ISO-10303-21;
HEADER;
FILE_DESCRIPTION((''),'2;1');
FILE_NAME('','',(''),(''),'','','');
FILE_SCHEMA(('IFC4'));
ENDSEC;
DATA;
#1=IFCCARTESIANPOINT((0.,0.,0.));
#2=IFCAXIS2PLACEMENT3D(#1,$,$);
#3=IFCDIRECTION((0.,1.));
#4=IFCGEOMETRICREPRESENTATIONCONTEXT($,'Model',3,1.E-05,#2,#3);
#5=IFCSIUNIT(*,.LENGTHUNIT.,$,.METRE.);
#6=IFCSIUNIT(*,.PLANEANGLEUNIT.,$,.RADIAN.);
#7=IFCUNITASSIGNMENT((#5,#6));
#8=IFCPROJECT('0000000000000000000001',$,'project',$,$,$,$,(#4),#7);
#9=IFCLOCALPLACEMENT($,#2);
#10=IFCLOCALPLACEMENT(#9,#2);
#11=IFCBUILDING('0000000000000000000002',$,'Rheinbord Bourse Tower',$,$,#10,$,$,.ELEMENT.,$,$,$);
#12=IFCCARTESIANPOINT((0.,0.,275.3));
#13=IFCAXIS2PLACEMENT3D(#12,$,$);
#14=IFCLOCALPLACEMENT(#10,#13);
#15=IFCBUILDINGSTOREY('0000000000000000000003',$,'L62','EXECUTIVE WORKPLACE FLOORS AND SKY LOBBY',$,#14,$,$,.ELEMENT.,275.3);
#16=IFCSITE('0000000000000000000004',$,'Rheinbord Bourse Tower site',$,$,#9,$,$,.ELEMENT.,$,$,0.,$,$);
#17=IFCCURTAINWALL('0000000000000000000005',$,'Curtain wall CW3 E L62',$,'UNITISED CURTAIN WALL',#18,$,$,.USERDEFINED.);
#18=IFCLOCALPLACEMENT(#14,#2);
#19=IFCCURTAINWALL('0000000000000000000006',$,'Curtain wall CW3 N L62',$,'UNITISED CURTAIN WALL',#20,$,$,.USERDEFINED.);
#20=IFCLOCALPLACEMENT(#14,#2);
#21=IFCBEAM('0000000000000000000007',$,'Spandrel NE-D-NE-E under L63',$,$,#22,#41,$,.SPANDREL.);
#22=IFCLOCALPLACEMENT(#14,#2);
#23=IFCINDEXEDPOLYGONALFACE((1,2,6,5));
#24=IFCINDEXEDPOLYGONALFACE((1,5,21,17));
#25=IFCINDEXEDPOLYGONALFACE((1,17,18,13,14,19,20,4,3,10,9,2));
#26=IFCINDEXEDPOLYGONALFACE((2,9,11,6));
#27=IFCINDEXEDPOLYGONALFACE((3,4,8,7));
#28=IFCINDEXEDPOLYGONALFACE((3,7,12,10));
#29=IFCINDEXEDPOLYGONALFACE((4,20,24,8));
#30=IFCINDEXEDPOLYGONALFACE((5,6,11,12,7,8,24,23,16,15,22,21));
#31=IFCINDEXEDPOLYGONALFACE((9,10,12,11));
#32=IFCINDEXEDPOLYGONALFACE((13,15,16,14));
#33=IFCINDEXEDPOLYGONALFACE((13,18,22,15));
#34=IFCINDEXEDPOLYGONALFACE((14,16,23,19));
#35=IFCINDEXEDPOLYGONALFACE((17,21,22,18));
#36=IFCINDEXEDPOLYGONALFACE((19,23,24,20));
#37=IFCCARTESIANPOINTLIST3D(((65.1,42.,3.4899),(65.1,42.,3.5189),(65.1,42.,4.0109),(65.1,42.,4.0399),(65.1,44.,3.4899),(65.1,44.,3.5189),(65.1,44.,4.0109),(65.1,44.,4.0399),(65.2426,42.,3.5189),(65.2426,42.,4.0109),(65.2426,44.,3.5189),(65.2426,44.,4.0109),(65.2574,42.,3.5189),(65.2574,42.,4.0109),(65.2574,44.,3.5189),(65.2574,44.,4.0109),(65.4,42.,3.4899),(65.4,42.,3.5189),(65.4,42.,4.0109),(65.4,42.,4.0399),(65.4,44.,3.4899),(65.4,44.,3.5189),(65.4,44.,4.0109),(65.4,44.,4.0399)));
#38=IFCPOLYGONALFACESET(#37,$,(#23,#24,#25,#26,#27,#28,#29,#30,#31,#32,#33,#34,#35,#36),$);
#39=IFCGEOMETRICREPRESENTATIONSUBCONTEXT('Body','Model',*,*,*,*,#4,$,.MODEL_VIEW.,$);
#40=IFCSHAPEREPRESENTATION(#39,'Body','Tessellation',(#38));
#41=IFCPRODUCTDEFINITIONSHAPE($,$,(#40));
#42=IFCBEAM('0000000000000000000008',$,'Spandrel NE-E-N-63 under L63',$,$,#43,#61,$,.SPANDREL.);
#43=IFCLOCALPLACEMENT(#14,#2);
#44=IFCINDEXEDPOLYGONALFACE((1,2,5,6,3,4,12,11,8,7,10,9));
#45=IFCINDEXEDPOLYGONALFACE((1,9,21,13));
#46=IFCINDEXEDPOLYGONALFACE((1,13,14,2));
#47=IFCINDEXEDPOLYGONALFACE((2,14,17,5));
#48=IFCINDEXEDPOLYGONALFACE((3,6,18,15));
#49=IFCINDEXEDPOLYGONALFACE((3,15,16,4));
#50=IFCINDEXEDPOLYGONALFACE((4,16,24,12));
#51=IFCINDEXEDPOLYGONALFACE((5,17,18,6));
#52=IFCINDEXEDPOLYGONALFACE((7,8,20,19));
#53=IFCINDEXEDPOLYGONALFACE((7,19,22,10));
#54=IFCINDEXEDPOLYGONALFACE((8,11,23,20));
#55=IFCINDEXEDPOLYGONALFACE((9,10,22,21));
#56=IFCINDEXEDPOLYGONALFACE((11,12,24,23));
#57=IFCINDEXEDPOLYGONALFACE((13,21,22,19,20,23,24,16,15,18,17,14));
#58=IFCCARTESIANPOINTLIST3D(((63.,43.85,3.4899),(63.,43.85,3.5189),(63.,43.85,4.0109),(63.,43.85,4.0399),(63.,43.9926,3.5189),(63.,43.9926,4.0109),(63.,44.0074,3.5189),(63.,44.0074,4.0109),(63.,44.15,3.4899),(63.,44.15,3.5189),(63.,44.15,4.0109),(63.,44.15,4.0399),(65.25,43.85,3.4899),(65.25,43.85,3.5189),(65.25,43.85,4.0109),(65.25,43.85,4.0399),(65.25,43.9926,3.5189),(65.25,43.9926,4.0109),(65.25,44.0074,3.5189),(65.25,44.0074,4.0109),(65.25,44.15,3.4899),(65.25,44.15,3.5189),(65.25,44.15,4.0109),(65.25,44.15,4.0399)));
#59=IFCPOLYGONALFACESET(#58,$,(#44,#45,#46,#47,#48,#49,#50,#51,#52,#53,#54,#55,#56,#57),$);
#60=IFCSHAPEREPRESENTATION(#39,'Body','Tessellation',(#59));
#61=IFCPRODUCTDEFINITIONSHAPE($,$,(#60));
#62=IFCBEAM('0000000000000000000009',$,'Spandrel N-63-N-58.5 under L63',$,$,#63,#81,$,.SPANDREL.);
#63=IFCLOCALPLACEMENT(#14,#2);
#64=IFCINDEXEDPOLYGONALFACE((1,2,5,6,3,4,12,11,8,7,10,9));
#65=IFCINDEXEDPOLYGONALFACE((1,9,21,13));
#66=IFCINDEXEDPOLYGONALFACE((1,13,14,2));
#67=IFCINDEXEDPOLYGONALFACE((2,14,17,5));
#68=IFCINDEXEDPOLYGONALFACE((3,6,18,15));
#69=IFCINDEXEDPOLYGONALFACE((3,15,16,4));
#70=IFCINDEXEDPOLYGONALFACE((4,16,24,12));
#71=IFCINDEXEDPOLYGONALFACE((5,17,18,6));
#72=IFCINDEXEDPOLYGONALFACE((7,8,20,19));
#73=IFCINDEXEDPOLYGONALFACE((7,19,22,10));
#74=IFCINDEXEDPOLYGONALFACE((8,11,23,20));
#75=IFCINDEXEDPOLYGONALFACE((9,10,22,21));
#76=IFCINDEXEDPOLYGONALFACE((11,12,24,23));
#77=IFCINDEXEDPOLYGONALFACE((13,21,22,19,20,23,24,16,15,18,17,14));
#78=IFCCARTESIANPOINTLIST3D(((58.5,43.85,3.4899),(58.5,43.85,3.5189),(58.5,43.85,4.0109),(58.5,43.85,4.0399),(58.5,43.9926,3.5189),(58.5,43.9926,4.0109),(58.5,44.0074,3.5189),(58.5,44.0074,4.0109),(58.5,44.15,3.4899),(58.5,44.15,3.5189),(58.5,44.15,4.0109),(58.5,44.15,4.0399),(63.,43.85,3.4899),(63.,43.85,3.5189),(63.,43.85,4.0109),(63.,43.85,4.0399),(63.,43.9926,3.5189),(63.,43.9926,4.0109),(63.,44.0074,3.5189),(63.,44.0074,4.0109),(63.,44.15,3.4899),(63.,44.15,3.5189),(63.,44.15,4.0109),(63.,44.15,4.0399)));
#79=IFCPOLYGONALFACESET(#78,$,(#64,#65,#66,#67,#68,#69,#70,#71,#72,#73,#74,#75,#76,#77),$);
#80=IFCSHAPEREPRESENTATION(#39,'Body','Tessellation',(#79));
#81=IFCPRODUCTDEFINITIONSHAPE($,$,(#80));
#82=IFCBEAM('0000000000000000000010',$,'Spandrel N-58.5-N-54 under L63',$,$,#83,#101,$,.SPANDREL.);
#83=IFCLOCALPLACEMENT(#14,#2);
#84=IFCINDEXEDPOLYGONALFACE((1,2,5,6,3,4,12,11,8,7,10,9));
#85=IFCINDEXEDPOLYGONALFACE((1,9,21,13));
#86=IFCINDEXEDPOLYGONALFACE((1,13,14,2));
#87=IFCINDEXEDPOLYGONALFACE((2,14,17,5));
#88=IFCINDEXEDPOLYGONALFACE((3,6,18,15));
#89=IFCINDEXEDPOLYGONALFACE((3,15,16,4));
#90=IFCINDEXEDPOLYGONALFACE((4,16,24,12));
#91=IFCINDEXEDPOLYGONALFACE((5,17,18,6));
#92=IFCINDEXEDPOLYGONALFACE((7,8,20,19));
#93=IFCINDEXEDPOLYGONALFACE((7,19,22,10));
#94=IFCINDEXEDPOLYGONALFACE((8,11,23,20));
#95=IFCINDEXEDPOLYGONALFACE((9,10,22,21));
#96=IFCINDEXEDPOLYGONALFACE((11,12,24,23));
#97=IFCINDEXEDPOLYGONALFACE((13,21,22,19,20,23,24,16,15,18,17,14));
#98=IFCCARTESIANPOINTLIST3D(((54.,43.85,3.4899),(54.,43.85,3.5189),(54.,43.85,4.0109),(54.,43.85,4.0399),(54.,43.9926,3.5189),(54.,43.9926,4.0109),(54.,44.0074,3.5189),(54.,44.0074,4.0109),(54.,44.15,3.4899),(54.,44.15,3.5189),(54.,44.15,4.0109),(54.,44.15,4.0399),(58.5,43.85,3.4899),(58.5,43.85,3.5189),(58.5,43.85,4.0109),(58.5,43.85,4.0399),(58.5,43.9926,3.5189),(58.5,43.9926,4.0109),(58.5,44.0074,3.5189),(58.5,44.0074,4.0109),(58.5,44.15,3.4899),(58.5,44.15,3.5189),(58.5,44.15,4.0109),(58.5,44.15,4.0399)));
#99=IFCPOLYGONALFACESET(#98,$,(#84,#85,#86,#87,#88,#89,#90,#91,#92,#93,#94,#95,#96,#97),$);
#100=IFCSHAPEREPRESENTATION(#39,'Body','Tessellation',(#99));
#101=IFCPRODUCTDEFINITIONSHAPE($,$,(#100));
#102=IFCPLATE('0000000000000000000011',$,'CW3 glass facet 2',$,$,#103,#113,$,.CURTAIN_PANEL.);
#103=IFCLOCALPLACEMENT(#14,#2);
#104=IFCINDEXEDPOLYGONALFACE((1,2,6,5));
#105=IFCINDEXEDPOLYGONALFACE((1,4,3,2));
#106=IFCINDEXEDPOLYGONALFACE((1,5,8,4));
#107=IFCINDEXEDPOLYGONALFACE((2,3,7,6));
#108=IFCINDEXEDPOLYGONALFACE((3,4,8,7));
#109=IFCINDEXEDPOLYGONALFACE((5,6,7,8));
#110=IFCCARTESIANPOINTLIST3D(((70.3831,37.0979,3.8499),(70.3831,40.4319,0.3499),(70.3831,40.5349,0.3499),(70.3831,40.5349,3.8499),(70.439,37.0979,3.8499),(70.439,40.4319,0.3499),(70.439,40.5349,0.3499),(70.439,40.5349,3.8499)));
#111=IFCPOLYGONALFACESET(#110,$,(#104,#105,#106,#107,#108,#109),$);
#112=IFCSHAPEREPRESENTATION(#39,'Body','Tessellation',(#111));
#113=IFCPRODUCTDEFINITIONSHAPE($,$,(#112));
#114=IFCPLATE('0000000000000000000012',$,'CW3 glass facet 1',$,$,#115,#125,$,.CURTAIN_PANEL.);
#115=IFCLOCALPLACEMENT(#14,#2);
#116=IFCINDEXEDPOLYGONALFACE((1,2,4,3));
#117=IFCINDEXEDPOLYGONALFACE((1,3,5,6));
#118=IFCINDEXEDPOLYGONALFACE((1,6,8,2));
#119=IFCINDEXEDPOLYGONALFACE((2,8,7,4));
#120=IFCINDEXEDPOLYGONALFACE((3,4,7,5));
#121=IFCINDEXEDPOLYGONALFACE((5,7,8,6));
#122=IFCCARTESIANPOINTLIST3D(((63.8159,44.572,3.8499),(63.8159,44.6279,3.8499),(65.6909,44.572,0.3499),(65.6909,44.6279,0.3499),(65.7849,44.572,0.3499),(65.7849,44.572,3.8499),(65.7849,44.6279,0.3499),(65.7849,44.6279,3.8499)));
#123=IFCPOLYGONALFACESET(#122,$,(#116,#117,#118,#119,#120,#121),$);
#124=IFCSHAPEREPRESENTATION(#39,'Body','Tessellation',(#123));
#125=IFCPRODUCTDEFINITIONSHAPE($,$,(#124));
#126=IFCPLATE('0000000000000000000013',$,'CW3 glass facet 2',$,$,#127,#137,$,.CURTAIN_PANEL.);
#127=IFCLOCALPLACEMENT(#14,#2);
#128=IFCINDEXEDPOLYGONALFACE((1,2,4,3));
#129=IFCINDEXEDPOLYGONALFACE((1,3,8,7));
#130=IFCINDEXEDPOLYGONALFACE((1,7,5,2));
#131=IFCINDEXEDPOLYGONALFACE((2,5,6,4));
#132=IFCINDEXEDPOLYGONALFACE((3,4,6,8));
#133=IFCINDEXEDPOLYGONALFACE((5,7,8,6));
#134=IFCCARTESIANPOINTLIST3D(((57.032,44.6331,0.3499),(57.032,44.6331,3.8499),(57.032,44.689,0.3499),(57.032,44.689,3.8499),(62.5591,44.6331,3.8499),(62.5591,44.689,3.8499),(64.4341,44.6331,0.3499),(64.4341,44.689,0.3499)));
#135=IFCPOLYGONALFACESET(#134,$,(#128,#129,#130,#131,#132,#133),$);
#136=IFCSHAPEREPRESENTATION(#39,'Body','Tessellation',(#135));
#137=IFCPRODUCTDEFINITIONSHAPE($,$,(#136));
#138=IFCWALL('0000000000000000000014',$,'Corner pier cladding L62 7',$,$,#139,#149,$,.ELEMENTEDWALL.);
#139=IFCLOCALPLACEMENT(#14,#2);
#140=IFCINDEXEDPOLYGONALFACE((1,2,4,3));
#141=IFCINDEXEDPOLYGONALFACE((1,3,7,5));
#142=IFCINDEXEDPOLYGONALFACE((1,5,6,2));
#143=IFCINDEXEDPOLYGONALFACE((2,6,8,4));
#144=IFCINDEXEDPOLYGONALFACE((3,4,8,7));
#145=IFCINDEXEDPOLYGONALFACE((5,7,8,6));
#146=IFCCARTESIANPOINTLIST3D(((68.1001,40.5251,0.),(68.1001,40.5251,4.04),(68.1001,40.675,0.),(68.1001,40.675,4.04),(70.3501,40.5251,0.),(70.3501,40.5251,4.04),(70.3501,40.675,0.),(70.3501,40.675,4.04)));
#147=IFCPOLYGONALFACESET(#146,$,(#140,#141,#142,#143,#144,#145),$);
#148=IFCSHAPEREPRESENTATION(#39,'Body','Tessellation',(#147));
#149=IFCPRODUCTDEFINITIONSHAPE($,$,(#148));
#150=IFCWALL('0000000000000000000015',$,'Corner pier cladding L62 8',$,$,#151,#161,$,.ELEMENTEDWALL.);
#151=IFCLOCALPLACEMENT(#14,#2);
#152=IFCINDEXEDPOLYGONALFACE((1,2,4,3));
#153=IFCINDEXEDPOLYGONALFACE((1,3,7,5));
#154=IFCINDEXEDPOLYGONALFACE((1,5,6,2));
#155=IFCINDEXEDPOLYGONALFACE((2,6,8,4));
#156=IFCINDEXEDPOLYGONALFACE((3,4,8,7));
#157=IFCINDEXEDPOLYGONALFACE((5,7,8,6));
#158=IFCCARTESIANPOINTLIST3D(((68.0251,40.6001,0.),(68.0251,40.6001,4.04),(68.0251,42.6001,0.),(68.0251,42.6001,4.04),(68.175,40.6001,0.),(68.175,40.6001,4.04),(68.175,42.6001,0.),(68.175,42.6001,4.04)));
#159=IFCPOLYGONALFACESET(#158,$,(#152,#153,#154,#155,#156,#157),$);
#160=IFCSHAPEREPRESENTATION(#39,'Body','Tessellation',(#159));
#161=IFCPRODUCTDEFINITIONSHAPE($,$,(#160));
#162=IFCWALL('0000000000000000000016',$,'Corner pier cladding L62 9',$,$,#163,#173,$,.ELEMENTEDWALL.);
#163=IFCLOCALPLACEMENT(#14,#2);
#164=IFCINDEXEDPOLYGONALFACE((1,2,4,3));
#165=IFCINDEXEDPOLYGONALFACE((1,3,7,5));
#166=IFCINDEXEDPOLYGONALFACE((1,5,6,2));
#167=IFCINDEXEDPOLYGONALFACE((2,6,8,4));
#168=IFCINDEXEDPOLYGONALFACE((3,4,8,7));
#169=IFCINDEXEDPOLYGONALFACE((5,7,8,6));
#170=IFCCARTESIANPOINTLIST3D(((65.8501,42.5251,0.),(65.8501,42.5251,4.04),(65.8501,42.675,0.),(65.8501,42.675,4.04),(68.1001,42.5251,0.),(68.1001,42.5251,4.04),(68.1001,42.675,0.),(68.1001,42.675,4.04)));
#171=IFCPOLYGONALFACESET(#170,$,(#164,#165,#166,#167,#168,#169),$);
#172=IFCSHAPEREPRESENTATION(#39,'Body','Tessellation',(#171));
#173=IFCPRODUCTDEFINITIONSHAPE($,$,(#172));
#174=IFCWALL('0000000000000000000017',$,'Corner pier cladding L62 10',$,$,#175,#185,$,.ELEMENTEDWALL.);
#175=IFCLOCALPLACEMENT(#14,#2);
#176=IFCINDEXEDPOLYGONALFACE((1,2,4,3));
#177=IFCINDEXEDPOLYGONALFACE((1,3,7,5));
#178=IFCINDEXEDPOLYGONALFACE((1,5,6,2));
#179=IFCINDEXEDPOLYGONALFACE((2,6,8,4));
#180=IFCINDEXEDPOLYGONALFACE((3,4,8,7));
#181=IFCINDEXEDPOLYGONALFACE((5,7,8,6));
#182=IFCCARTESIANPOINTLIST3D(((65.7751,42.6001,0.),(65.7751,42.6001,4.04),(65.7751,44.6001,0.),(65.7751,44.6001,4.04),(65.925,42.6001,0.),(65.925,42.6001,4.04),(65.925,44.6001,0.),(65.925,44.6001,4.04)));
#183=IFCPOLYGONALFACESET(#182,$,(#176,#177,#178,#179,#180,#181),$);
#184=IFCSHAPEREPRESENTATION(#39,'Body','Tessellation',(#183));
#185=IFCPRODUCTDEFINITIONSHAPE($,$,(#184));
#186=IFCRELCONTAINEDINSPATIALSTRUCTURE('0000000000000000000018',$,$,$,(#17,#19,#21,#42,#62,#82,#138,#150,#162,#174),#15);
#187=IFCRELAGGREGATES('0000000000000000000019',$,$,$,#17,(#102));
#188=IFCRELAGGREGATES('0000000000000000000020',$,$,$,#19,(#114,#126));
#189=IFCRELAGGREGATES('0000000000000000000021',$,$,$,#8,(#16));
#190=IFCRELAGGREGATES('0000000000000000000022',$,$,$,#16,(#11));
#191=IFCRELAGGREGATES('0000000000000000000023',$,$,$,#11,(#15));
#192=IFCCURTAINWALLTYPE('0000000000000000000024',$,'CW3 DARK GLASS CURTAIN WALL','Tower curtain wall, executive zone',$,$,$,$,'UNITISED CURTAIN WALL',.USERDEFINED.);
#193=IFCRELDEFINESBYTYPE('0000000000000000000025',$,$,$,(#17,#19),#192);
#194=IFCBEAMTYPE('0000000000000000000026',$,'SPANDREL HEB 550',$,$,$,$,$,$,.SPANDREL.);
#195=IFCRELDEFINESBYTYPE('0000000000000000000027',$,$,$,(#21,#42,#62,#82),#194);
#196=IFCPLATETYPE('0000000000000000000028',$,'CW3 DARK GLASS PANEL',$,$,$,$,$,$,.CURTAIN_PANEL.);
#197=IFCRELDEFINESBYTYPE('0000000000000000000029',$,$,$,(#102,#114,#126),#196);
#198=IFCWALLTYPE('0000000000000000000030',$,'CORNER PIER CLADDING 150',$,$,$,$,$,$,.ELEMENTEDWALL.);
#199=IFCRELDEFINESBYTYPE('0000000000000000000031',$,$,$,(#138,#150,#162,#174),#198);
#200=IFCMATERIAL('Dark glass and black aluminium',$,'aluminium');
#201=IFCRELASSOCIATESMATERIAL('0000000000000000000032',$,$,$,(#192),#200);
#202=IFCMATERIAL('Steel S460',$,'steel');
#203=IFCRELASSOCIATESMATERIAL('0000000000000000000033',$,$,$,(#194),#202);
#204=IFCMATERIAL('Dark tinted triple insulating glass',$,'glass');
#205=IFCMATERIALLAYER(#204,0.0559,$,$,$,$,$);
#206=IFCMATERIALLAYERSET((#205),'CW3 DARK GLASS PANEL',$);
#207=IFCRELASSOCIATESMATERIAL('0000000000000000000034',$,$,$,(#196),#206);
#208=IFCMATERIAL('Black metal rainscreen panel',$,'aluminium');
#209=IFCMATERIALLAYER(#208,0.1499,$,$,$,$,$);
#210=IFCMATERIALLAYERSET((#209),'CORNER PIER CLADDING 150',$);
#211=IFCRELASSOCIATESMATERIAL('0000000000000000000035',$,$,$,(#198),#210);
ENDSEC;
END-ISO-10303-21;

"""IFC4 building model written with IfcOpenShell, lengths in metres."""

from ifc_helpers import new_model, si_unit, direction, frame, frame_2d, origin, origin_2d, place, context, subcontext, project, spatial, polyline, rectangle, i_section, outline, extrude, material, layer, layer_set, material_profile, profile_set, type_object, element, aggregate, save


model = new_model("IFC4")

# Units and contexts
model_context = context("Model", 3, precision=1e-05, world=origin(), true_north=direction((0.0, 1.0)))
body_context = subcontext(model_context, "Body", "Model", "MODEL_VIEW")
ifc_project = project(units=[si_unit("LENGTHUNIT", "METRE"), si_unit("PLANEANGLEUNIT", "RADIAN")], contexts=[model_context])

# Site, building, storey
site_placement = place(None, origin())
site = spatial("IfcSite", under=ifc_project, at=site_placement, Name="Rheinbord Bourse Tower site", CompositionType="ELEMENT", RefElevation=0.0)
building_placement = place(site_placement, origin())
building = spatial("IfcBuilding", under=site, at=building_placement, Name="Rheinbord Bourse Tower", CompositionType="ELEMENT")
storey_placement = place(building_placement, frame((0.0, 0.0, 275.3)))
storey = spatial("IfcBuildingStorey", under=building, at=storey_placement, Name="L62", Description="EXECUTIVE WORKPLACE FLOORS AND SKY LOBBY", CompositionType="ELEMENT", Elevation=275.3)

# Curtain walls
ifc_material_1 = material(Name="Dark glass and black aluminium", Category="aluminium")
curtain_wall_type = type_object("IfcCurtainWallType", Name="CW3 DARK GLASS CURTAIN WALL", Description="Tower curtain wall, executive zone", ElementType="UNITISED CURTAIN WALL", PredefinedType="USERDEFINED", material=ifc_material_1)
curtain_wall_1_placement = place(storey_placement, origin())
curtain_wall_1 = element("IfcCurtainWall", 1, at=curtain_wall_1_placement, inside=storey, type_object=curtain_wall_type, Name="Curtain wall CW3 E L62", ObjectType="UNITISED CURTAIN WALL", PredefinedType="USERDEFINED")
curtain_wall_2_placement = place(storey_placement, origin())
curtain_wall_2 = element("IfcCurtainWall", 2, at=curtain_wall_2_placement, inside=storey, type_object=curtain_wall_type, Name="Curtain wall CW3 N L62", ObjectType="UNITISED CURTAIN WALL", PredefinedType="USERDEFINED")

# Beams
ifc_material_2 = material(Name="Steel S460", Category="steel")
ifc_material_profile_1 = material_profile(ifc_material_2, i_section(OverallWidth=0.3, OverallDepth=0.55, WebThickness=0.0149, FlangeThickness=0.0291, at=origin_2d()), Name="HEB 550")
ifc_profile_set_1 = profile_set([ifc_material_profile_1], Name="Steel S460")
beam_type_1 = type_object("IfcBeamType", Name="SPANDREL HEB 550", PredefinedType="SPANDREL", material=ifc_profile_set_1)
beam_1_placement = place(storey_placement, frame((65.25, 42.0, 3.7649), z_axis=(0.0, 1.0, 0.0), x_axis=(-1.0, 0.0, 0.0)))
element("IfcBeam", 3, at=beam_1_placement, inside=storey, type_object=beam_type_1, Name="Spandrel NE-D-NE-E under L63", PredefinedType="SPANDREL", context=body_context, shape_type="SweptSolid", body=[
    extrude(i_section(OverallWidth=0.3, OverallDepth=0.55, WebThickness=0.0149, FlangeThickness=0.0291, at=origin_2d()), origin(), (0.0, 0.0, 1.0), 2.0),
])
beam_2_placement = place(storey_placement, frame((65.25, 44.0, 3.7649), z_axis=(-1.0, 0.0, 0.0), x_axis=(0.0, -1.0, 0.0)))
element("IfcBeam", 4, at=beam_2_placement, inside=storey, type_object=beam_type_1, Name="Spandrel NE-E-N-63 under L63", PredefinedType="SPANDREL", context=body_context, shape_type="SweptSolid", body=[
    extrude(i_section(OverallWidth=0.3, OverallDepth=0.55, WebThickness=0.0149, FlangeThickness=0.0291, at=origin_2d()), origin(), (0.0, 0.0, 1.0), 2.25),
])
for number, where, z_axis, x_axis, name in (
    (5, (63.0, 44.0, 3.7649), (-1.0, 0.0, 0.0), (0.0, -1.0, 0.0), "Spandrel N-63-N-58.5 under L63"),
    (6, (58.5, 44.0, 3.7649), (-1.0, 0.0, 0.0), (0.0, -1.0, 0.0), "Spandrel N-58.5-N-54 under L63"),
):
    element("IfcBeam", number, at=place(storey_placement, frame(where, z_axis=z_axis, x_axis=x_axis)), inside=storey, type_object=beam_type_1, Name=name, PredefinedType="SPANDREL", context=body_context, shape_type="SweptSolid", body=[
        extrude(i_section(OverallWidth=0.3, OverallDepth=0.55, WebThickness=0.0149, FlangeThickness=0.0291, at=origin_2d()), origin(), (0.0, 0.0, 1.0), 4.5),
    ])

# Plates
ifc_material_3 = material(Name="Dark tinted triple insulating glass", Category="glass")
ifc_layer_1 = layer(ifc_material_3, 0.0559)
ifc_layer_set_1 = layer_set([ifc_layer_1], Name="CW3 DARK GLASS PANEL")
plate_type = type_object("IfcPlateType", Name="CW3 DARK GLASS PANEL", PredefinedType="CURTAIN_PANEL", material=ifc_layer_set_1)
plate_1_placement = place(storey_placement, frame((70.439, 40.5349, 3.8499), z_axis=(-1.0, 0.0, 0.0), x_axis=(0.0, 0.0, -1.0)))
plate_1 = element("IfcPlate", 7, at=plate_1_placement, type_object=plate_type, Name="CW3 glass facet 2", PredefinedType="CURTAIN_PANEL", context=body_context, shape_type="SweptSolid", body=[
    extrude(outline(polyline([(0.0, 0.0), (3.5, 0.0), (3.5, 0.103), (0.0, 3.437), (0.0, 0.0)])), origin(), (0.0, 0.0, 1.0), 0.0559),
])
aggregate(curtain_wall_1, [plate_1])
plate_2_placement = place(storey_placement, frame((65.7849, 44.6279, 0.3499), z_axis=(0.0, -1.0, 0.0), x_axis=(0.0, 0.0, 1.0)))
plate_2 = element("IfcPlate", 8, at=plate_2_placement, type_object=plate_type, Name="CW3 glass facet 1", PredefinedType="CURTAIN_PANEL", context=body_context, shape_type="SweptSolid", body=[
    extrude(outline(polyline([(0.0, 0.0), (3.5, 0.0), (3.5, 1.969), (0.0, 0.094), (0.0, 0.0)])), origin(), (0.0, 0.0, 1.0), 0.0559),
])
plate_3_placement = place(storey_placement, frame((57.032, 44.689, 3.8499), z_axis=(0.0, -1.0, 0.0), x_axis=(0.0, 0.0, -1.0)))
plate_3 = element("IfcPlate", 9, at=plate_3_placement, type_object=plate_type, Name="CW3 glass facet 2", PredefinedType="CURTAIN_PANEL", context=body_context, shape_type="SweptSolid", body=[
    extrude(outline(polyline([(0.0, 0.0), (3.5, 0.0), (3.5, 7.4021), (0.0, 5.5271), (0.0, 0.0)])), origin(), (0.0, 0.0, 1.0), 0.0559),
])
aggregate(curtain_wall_2, [plate_2, plate_3])

# Walls
ifc_material_4 = material(Name="Black metal rainscreen panel", Category="aluminium")
ifc_layer_2 = layer(ifc_material_4, 0.1499)
ifc_layer_set_2 = layer_set([ifc_layer_2], Name="CORNER PIER CLADDING 150")
wall_type = type_object("IfcWallType", Name="CORNER PIER CLADDING 150", PredefinedType="ELEMENTEDWALL", material=ifc_layer_set_2)
wall_1_placement = place(storey_placement, frame((70.3501, 40.6001, 0.0), z_axis=(0.0, 0.0, 1.0), x_axis=(-1.0, 0.0, 0.0)))
element("IfcWall", 10, at=wall_1_placement, inside=storey, type_object=wall_type, Name="Corner pier cladding L62 7", PredefinedType="ELEMENTEDWALL", context=body_context, shape_type="SweptSolid", body=[
    extrude(rectangle(XDim=2.25, YDim=0.1499, at=frame_2d((1.125, 0.0))), origin(), (0.0, 0.0, 1.0), 4.04),
])
wall_2_placement = place(storey_placement, frame((68.1001, 40.6001, 0.0), z_axis=(0.0, 0.0, 1.0), x_axis=(0.0, 1.0, 0.0)))
element("IfcWall", 11, at=wall_2_placement, inside=storey, type_object=wall_type, Name="Corner pier cladding L62 8", PredefinedType="ELEMENTEDWALL", context=body_context, shape_type="SweptSolid", body=[
    extrude(rectangle(XDim=2.0, YDim=0.1499, at=frame_2d((1.0, 0.0))), origin(), (0.0, 0.0, 1.0), 4.04),
])
wall_3_placement = place(storey_placement, frame((68.1001, 42.6001, 0.0), z_axis=(0.0, 0.0, 1.0), x_axis=(-1.0, 0.0, 0.0)))
element("IfcWall", 12, at=wall_3_placement, inside=storey, type_object=wall_type, Name="Corner pier cladding L62 9", PredefinedType="ELEMENTEDWALL", context=body_context, shape_type="SweptSolid", body=[
    extrude(rectangle(XDim=2.25, YDim=0.1499, at=frame_2d((1.125, 0.0))), origin(), (0.0, 0.0, 1.0), 4.04),
])
wall_4_placement = place(storey_placement, frame((65.8501, 42.6001, 0.0), z_axis=(0.0, 0.0, 1.0), x_axis=(0.0, 1.0, 0.0)))
element("IfcWall", 13, at=wall_4_placement, inside=storey, type_object=wall_type, Name="Corner pier cladding L62 10", PredefinedType="ELEMENTEDWALL", context=body_context, shape_type="SweptSolid", body=[
    extrude(rectangle(XDim=2.0, YDim=0.1499, at=frame_2d((1.0, 0.0))), origin(), (0.0, 0.0, 1.0), 4.04),
])

save(model, "model.ifc")
